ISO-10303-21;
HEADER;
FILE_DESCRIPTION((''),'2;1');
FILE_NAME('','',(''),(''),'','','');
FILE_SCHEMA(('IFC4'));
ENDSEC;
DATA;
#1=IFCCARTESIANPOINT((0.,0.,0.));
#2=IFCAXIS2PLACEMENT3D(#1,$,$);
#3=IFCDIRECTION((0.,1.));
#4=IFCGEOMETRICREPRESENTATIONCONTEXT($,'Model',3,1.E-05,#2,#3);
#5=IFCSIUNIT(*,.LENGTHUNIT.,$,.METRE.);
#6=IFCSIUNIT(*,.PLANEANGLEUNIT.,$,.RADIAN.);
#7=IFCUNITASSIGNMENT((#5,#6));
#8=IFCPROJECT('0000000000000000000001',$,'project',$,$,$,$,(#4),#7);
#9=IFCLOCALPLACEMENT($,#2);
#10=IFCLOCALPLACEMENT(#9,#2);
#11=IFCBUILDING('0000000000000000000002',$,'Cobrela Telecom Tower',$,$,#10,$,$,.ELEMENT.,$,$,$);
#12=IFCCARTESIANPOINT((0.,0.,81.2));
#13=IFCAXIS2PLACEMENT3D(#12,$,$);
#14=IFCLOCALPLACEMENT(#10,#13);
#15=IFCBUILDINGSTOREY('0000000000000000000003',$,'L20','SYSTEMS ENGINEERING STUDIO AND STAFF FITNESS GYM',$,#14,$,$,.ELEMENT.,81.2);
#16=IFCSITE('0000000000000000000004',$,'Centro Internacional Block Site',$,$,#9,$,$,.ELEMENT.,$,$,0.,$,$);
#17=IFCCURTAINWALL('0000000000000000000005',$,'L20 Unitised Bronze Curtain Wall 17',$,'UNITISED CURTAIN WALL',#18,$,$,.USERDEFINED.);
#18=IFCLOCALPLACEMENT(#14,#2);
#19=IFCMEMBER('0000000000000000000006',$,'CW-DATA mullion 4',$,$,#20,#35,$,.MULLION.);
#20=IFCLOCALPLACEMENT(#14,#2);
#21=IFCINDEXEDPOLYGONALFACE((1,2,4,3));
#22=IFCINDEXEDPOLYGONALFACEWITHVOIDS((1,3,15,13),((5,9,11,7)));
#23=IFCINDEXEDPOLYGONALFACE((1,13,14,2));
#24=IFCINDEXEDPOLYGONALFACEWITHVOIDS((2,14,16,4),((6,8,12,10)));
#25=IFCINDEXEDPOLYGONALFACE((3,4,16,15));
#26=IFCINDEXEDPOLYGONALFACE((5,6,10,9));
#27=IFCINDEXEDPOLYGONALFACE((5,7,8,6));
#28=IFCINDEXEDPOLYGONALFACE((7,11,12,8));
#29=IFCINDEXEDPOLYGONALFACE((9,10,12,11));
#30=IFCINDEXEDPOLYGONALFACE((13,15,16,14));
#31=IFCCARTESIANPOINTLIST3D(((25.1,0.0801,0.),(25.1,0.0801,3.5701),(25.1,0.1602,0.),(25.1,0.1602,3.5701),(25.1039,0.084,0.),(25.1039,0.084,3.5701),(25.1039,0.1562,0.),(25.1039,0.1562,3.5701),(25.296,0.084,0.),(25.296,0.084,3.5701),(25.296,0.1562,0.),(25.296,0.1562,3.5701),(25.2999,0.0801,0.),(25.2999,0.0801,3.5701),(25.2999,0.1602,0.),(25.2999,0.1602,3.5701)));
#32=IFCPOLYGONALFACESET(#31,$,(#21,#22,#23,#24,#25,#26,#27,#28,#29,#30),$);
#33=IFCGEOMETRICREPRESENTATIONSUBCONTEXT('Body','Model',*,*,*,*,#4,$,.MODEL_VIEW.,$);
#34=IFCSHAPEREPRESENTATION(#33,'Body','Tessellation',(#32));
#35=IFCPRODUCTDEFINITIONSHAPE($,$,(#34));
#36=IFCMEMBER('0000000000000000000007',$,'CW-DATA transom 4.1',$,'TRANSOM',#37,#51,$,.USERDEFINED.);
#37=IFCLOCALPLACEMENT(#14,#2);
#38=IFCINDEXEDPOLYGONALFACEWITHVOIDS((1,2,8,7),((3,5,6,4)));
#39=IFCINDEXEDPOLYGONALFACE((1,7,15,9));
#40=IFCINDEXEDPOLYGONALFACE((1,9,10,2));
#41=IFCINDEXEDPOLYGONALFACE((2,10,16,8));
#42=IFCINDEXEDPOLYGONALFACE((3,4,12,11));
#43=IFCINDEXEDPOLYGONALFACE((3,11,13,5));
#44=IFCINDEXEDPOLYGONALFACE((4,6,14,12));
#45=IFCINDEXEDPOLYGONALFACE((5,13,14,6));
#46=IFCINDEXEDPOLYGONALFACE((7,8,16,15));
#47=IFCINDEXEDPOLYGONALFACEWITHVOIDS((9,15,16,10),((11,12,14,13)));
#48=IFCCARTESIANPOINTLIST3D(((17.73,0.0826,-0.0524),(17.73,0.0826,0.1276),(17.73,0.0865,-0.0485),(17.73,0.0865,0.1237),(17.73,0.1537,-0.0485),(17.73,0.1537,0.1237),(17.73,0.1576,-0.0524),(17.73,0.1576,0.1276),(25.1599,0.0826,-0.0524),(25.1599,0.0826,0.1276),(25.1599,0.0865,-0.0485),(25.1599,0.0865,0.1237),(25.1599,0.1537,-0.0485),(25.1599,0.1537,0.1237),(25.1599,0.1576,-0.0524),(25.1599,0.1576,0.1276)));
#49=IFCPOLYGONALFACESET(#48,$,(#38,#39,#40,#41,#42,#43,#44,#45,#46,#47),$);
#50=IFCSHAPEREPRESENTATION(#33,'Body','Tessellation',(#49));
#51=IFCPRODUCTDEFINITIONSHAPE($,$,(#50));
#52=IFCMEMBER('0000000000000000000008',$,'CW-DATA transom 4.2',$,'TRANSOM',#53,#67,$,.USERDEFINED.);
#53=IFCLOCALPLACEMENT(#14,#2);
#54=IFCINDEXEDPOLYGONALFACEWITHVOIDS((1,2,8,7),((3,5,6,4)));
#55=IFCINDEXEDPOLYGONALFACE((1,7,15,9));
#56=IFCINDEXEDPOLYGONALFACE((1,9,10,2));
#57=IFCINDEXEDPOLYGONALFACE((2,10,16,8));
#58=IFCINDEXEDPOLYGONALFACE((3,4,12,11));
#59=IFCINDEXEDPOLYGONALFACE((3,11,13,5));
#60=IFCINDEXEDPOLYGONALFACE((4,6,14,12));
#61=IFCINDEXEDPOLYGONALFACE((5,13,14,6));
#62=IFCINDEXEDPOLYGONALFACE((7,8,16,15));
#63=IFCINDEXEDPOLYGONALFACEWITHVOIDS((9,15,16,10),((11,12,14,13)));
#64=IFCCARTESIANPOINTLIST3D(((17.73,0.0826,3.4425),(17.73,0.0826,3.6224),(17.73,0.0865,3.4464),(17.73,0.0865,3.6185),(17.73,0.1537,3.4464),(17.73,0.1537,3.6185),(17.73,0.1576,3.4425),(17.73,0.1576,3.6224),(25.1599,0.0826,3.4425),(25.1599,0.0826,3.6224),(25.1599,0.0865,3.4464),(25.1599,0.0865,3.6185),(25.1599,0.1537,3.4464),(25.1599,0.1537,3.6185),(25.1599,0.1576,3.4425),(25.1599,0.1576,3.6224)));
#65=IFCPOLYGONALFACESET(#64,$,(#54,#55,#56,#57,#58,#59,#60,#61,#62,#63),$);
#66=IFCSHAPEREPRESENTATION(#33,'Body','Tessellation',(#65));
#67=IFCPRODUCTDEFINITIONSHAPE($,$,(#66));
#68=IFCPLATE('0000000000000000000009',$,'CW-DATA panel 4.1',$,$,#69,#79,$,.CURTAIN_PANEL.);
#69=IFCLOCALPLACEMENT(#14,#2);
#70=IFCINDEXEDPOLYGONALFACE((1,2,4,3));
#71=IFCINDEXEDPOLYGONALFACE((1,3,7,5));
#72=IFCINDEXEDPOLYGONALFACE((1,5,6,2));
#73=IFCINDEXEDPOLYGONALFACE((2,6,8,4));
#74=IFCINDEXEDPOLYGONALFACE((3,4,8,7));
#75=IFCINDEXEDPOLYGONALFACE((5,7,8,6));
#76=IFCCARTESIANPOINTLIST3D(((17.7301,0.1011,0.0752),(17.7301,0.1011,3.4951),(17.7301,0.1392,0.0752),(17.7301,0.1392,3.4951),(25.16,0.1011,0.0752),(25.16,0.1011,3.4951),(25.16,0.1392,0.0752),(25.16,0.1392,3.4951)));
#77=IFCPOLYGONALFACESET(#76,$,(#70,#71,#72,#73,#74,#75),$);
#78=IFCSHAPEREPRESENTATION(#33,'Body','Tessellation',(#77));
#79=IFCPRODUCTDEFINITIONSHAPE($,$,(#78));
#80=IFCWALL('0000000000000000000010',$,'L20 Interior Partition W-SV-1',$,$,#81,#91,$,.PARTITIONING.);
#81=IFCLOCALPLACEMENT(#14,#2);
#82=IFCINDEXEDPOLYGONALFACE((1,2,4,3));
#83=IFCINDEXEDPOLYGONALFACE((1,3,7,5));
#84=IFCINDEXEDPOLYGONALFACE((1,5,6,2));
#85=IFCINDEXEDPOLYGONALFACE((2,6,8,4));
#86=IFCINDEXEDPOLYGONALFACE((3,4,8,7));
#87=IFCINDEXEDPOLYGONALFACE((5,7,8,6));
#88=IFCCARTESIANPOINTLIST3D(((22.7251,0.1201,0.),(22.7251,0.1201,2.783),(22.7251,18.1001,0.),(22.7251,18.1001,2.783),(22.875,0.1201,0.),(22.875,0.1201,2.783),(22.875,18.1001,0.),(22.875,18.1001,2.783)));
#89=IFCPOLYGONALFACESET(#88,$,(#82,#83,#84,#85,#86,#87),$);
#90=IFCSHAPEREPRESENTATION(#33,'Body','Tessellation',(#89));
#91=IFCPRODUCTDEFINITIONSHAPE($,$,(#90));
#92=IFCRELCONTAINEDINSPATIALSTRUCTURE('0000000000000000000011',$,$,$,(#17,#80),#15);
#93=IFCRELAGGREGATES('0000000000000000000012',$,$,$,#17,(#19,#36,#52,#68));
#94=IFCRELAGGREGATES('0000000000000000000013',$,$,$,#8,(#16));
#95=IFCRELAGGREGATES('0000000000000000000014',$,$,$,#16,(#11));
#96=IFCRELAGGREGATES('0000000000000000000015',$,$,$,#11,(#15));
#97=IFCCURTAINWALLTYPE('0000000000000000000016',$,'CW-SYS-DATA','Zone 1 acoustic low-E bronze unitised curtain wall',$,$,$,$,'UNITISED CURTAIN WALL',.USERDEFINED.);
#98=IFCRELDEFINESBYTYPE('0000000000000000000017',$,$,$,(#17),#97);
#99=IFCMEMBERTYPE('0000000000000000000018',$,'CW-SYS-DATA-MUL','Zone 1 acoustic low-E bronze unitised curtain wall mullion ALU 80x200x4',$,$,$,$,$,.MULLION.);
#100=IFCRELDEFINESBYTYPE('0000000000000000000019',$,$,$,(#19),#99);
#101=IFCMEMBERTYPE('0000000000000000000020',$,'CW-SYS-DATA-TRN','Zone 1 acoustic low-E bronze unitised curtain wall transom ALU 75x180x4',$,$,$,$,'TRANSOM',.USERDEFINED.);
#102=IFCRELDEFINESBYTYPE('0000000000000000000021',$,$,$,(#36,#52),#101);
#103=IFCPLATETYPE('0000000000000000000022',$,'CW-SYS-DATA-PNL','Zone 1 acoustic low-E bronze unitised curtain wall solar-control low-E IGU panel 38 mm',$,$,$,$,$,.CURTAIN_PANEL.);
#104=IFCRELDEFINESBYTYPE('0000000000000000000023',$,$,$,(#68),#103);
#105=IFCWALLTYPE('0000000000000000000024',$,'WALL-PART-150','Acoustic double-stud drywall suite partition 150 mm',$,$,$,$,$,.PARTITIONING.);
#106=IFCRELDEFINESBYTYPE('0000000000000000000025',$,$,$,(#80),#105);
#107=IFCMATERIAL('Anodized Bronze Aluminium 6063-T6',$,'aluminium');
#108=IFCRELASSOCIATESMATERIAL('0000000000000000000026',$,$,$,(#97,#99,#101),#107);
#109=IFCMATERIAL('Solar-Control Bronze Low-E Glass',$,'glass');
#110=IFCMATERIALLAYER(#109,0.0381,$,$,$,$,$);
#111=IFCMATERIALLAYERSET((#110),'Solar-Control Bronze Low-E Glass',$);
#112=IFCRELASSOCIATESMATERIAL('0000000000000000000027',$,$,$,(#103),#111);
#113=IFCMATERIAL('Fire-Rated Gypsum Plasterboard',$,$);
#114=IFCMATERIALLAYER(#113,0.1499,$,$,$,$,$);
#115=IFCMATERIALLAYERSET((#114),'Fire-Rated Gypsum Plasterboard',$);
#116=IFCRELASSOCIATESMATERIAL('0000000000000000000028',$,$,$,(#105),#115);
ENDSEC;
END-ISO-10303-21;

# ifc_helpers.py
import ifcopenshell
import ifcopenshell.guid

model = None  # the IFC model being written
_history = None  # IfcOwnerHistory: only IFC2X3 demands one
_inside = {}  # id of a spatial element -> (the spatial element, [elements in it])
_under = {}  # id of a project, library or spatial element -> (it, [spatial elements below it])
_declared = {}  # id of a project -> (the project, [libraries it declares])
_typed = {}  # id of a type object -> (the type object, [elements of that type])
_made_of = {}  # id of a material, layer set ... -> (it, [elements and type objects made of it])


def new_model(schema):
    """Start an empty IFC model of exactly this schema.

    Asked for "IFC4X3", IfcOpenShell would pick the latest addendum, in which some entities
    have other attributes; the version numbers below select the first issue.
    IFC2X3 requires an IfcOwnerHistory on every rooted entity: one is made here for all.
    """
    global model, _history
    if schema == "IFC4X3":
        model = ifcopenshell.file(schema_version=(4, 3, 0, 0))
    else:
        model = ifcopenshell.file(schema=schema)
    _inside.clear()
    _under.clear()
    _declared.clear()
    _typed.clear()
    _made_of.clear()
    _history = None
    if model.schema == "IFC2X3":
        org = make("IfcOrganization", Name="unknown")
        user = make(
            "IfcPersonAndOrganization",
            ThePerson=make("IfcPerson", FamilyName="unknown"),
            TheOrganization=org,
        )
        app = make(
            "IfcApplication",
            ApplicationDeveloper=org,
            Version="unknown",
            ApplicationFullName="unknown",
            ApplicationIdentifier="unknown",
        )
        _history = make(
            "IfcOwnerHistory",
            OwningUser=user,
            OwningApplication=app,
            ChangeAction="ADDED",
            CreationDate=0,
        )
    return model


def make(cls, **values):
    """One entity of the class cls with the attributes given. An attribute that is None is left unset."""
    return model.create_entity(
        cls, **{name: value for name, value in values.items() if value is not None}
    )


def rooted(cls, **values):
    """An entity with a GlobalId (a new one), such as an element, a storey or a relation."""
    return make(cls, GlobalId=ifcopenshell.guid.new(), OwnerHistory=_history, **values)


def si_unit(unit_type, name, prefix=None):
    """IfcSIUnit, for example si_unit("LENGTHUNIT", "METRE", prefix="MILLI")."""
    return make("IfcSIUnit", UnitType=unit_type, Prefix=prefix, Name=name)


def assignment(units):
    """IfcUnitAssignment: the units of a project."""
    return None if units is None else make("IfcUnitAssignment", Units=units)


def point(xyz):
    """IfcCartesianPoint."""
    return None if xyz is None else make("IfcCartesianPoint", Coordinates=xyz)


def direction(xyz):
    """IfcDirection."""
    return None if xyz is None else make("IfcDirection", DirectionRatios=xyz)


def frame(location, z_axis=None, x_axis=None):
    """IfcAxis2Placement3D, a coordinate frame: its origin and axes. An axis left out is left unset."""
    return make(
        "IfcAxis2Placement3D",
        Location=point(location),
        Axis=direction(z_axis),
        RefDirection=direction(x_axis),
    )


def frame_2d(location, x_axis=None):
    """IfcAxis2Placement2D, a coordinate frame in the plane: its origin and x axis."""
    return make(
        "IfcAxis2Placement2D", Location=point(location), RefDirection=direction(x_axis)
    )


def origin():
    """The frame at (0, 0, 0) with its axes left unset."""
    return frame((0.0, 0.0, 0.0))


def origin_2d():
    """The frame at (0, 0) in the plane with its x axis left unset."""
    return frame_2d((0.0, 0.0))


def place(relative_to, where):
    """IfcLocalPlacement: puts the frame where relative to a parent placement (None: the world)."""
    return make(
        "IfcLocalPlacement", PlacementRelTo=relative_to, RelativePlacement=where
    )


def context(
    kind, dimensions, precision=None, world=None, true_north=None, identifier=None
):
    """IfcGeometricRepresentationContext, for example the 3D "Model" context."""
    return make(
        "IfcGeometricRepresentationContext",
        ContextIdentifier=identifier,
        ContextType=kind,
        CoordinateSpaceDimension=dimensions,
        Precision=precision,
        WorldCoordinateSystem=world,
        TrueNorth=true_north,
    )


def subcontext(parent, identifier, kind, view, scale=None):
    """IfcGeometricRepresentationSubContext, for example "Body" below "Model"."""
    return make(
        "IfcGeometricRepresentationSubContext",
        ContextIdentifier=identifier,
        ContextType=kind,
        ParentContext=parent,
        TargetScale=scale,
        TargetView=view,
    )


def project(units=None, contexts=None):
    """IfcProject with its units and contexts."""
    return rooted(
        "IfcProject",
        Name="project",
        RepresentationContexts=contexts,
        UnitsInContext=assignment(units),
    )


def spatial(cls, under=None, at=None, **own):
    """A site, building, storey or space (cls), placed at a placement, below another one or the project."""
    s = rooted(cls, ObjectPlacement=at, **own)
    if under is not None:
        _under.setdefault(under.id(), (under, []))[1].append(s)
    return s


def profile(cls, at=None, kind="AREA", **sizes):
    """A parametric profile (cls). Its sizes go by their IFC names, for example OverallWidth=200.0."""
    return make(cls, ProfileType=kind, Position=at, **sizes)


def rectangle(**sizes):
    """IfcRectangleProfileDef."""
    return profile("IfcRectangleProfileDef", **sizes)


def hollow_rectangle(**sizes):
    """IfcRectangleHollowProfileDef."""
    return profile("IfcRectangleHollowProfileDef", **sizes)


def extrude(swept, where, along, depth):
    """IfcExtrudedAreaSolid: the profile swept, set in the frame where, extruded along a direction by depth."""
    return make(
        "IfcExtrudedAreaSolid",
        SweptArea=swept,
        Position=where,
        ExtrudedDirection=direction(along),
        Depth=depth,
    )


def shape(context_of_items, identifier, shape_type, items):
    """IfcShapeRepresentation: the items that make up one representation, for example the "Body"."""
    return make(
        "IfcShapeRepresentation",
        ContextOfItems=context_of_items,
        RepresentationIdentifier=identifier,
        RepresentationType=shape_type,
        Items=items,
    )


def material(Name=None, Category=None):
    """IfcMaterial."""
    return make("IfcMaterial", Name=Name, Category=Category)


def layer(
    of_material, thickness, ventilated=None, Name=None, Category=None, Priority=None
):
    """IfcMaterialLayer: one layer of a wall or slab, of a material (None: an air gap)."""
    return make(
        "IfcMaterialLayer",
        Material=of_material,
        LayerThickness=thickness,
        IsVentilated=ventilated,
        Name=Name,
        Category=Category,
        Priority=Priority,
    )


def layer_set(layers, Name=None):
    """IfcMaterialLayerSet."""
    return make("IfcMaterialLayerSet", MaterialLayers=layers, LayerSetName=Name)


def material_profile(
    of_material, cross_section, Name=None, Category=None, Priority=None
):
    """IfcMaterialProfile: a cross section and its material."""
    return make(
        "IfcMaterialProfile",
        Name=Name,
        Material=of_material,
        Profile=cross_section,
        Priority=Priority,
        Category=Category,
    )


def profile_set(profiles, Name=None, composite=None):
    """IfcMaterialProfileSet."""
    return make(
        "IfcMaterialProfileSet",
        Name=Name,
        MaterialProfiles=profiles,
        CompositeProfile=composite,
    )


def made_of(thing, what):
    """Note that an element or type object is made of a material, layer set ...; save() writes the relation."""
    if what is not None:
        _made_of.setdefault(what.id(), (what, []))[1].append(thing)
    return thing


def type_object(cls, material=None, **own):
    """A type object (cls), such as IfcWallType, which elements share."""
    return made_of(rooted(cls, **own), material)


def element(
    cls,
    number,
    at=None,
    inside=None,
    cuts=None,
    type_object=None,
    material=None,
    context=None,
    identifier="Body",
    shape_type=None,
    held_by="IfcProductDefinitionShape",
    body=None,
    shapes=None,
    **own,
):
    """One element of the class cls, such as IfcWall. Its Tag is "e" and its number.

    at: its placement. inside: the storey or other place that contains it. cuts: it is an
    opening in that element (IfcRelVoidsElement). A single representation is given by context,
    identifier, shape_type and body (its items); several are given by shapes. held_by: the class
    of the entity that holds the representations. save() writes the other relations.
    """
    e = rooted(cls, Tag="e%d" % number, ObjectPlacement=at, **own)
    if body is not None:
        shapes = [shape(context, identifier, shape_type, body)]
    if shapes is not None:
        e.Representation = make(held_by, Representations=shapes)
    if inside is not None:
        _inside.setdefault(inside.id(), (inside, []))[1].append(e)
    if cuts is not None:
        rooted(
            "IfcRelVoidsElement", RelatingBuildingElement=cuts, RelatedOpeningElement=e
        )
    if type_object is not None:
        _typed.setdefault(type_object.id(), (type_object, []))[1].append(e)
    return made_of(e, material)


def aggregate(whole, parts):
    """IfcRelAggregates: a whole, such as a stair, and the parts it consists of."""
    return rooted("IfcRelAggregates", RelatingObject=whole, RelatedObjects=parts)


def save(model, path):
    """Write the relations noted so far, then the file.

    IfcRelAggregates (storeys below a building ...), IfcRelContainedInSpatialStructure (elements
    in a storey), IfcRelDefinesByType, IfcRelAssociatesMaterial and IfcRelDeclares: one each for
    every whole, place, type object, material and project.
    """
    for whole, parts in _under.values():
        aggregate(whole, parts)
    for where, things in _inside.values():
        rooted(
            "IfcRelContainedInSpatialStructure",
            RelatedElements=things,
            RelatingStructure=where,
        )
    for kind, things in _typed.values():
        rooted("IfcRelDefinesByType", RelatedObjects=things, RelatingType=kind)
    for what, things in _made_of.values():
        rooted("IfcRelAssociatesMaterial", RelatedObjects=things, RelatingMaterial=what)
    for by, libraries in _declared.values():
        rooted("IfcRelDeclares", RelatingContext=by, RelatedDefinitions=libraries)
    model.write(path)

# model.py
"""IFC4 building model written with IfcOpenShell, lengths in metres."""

from ifc_helpers import new_model, si_unit, direction, frame, frame_2d, origin, origin_2d, place, context, subcontext, project, spatial, rectangle, hollow_rectangle, extrude, material, layer, layer_set, material_profile, profile_set, type_object, element, aggregate, save


model = new_model("IFC4")

# Units and contexts
model_context = context("Model", 3, precision=1e-05, world=origin(), true_north=direction((0.0, 1.0)))
body_context = subcontext(model_context, "Body", "Model", "MODEL_VIEW")
ifc_project = project(units=[si_unit("LENGTHUNIT", "METRE"), si_unit("PLANEANGLEUNIT", "RADIAN")], contexts=[model_context])

# Site, building, storey
site_placement = place(None, origin())
site = spatial("IfcSite", under=ifc_project, at=site_placement, Name="Centro Internacional Block Site", CompositionType="ELEMENT", RefElevation=0.0)
building_placement = place(site_placement, origin())
building = spatial("IfcBuilding", under=site, at=building_placement, Name="Cobrela Telecom Tower", CompositionType="ELEMENT")
storey_placement = place(building_placement, frame((0.0, 0.0, 81.2)))
storey = spatial("IfcBuildingStorey", under=building, at=storey_placement, Name="L20", Description="SYSTEMS ENGINEERING STUDIO AND STAFF FITNESS GYM", CompositionType="ELEMENT", Elevation=81.2)

# Curtain wall, members, plate
ifc_material_1 = material(Name="Anodized Bronze Aluminium 6063-T6", Category="aluminium")
curtain_wall_type = type_object("IfcCurtainWallType", Name="CW-SYS-DATA", Description="Zone 1 acoustic low-E bronze unitised curtain wall", ElementType="UNITISED CURTAIN WALL", PredefinedType="USERDEFINED", material=ifc_material_1)
curtain_wall_placement = place(storey_placement, origin())
curtain_wall = element("IfcCurtainWall", 1, at=curtain_wall_placement, inside=storey, type_object=curtain_wall_type, Name="L20 Unitised Bronze Curtain Wall 17", ObjectType="UNITISED CURTAIN WALL", PredefinedType="USERDEFINED")
ifc_material_profile_1 = material_profile(ifc_material_1, hollow_rectangle(XDim=0.0801, YDim=0.2, WallThickness=0.0039, at=origin_2d()), Name="ALU 80x200x4")
ifc_profile_set_1 = profile_set([ifc_material_profile_1], Name="Anodized Bronze Aluminium 6063-T6")
member_type_1 = type_object("IfcMemberType", Name="CW-SYS-DATA-MUL", Description="Zone 1 acoustic low-E bronze unitised curtain wall mullion ALU 80x200x4", PredefinedType="MULLION", material=ifc_profile_set_1)
member_1_placement = place(storey_placement, frame((25.2, 0.1201, 0.0), z_axis=(0.0, 0.0, 1.0), x_axis=(0.0, -1.0, 0.0)))
member_1 = element("IfcMember", 2, at=member_1_placement, type_object=member_type_1, Name="CW-DATA mullion 4", PredefinedType="MULLION", context=body_context, shape_type="SweptSolid", body=[
    extrude(hollow_rectangle(XDim=0.0801, YDim=0.2, WallThickness=0.0039, at=origin_2d()), origin(), (0.0, 0.0, 1.0), 3.5701),
])
ifc_material_profile_2 = material_profile(ifc_material_1, hollow_rectangle(XDim=0.075, YDim=0.1799, WallThickness=0.0039, at=origin_2d()), Name="ALU 75x180x4")
ifc_profile_set_2 = profile_set([ifc_material_profile_2], Name="Anodized Bronze Aluminium 6063-T6")
member_type_2 = type_object("IfcMemberType", Name="CW-SYS-DATA-TRN", Description="Zone 1 acoustic low-E bronze unitised curtain wall transom ALU 75x180x4", ElementType="TRANSOM", PredefinedType="USERDEFINED", material=ifc_profile_set_2)
member_2_placement = place(storey_placement, frame((25.1599, 0.1201, 0.0376), z_axis=(-1.0, 0.0, 0.0), x_axis=(0.0, -1.0, 0.0)))
member_2 = element("IfcMember", 3, at=member_2_placement, type_object=member_type_2, Name="CW-DATA transom 4.1", ObjectType="TRANSOM", PredefinedType="USERDEFINED", context=body_context, shape_type="SweptSolid", body=[
    extrude(hollow_rectangle(XDim=0.075, YDim=0.1799, WallThickness=0.0039, at=origin_2d()), origin(), (0.0, 0.0, 1.0), 7.4299),
])
member_3_placement = place(storey_placement, frame((25.1599, 0.1201, 3.5325), z_axis=(-1.0, 0.0, 0.0), x_axis=(0.0, -1.0, 0.0)))
member_3 = element("IfcMember", 4, at=member_3_placement, type_object=member_type_2, Name="CW-DATA transom 4.2", ObjectType="TRANSOM", PredefinedType="USERDEFINED", context=body_context, shape_type="SweptSolid", body=[
    extrude(hollow_rectangle(XDim=0.075, YDim=0.1799, WallThickness=0.0039, at=origin_2d()), origin(), (0.0, 0.0, 1.0), 7.4299),
])
ifc_material_2 = material(Name="Solar-Control Bronze Low-E Glass", Category="glass")
ifc_layer_1 = layer(ifc_material_2, 0.0381)
ifc_layer_set_1 = layer_set([ifc_layer_1], Name="Solar-Control Bronze Low-E Glass")
plate_type = type_object("IfcPlateType", Name="CW-SYS-DATA-PNL", Description="Zone 1 acoustic low-E bronze unitised curtain wall solar-control low-E IGU panel 38 mm", PredefinedType="CURTAIN_PANEL", material=ifc_layer_set_1)
plate_placement = place(storey_placement, frame((21.4451, 0.1201, 0.0752), z_axis=(0.0, 0.0, 1.0), x_axis=(-1.0, 0.0, 0.0)))
plate = element("IfcPlate", 5, at=plate_placement, type_object=plate_type, Name="CW-DATA panel 4.1", PredefinedType="CURTAIN_PANEL", context=body_context, shape_type="SweptSolid", body=[
    extrude(rectangle(XDim=7.4299, YDim=0.0381, at=origin_2d()), origin(), (0.0, 0.0, 1.0), 3.4199),
])
aggregate(curtain_wall, [member_1, member_2, member_3, plate])

# Wall
ifc_material_3 = material(Name="Fire-Rated Gypsum Plasterboard")
ifc_layer_2 = layer(ifc_material_3, 0.1499)
ifc_layer_set_2 = layer_set([ifc_layer_2], Name="Fire-Rated Gypsum Plasterboard")
wall_type = type_object("IfcWallType", Name="WALL-PART-150", Description="Acoustic double-stud drywall suite partition 150 mm", PredefinedType="PARTITIONING", material=ifc_layer_set_2)
wall_placement = place(storey_placement, frame((22.8, 0.1201, 0.0), z_axis=(0.0, 0.0, 1.0), x_axis=(0.0, 1.0, 0.0)))
element("IfcWall", 6, at=wall_placement, inside=storey, type_object=wall_type, Name="L20 Interior Partition W-SV-1", PredefinedType="PARTITIONING", context=body_context, shape_type="SweptSolid", body=[
    extrude(rectangle(XDim=17.98, YDim=0.1499, at=frame_2d((8.99, 0.0))), origin(), (0.0, 0.0, 1.0), 2.783),
])

save(model, "model.ifc")
